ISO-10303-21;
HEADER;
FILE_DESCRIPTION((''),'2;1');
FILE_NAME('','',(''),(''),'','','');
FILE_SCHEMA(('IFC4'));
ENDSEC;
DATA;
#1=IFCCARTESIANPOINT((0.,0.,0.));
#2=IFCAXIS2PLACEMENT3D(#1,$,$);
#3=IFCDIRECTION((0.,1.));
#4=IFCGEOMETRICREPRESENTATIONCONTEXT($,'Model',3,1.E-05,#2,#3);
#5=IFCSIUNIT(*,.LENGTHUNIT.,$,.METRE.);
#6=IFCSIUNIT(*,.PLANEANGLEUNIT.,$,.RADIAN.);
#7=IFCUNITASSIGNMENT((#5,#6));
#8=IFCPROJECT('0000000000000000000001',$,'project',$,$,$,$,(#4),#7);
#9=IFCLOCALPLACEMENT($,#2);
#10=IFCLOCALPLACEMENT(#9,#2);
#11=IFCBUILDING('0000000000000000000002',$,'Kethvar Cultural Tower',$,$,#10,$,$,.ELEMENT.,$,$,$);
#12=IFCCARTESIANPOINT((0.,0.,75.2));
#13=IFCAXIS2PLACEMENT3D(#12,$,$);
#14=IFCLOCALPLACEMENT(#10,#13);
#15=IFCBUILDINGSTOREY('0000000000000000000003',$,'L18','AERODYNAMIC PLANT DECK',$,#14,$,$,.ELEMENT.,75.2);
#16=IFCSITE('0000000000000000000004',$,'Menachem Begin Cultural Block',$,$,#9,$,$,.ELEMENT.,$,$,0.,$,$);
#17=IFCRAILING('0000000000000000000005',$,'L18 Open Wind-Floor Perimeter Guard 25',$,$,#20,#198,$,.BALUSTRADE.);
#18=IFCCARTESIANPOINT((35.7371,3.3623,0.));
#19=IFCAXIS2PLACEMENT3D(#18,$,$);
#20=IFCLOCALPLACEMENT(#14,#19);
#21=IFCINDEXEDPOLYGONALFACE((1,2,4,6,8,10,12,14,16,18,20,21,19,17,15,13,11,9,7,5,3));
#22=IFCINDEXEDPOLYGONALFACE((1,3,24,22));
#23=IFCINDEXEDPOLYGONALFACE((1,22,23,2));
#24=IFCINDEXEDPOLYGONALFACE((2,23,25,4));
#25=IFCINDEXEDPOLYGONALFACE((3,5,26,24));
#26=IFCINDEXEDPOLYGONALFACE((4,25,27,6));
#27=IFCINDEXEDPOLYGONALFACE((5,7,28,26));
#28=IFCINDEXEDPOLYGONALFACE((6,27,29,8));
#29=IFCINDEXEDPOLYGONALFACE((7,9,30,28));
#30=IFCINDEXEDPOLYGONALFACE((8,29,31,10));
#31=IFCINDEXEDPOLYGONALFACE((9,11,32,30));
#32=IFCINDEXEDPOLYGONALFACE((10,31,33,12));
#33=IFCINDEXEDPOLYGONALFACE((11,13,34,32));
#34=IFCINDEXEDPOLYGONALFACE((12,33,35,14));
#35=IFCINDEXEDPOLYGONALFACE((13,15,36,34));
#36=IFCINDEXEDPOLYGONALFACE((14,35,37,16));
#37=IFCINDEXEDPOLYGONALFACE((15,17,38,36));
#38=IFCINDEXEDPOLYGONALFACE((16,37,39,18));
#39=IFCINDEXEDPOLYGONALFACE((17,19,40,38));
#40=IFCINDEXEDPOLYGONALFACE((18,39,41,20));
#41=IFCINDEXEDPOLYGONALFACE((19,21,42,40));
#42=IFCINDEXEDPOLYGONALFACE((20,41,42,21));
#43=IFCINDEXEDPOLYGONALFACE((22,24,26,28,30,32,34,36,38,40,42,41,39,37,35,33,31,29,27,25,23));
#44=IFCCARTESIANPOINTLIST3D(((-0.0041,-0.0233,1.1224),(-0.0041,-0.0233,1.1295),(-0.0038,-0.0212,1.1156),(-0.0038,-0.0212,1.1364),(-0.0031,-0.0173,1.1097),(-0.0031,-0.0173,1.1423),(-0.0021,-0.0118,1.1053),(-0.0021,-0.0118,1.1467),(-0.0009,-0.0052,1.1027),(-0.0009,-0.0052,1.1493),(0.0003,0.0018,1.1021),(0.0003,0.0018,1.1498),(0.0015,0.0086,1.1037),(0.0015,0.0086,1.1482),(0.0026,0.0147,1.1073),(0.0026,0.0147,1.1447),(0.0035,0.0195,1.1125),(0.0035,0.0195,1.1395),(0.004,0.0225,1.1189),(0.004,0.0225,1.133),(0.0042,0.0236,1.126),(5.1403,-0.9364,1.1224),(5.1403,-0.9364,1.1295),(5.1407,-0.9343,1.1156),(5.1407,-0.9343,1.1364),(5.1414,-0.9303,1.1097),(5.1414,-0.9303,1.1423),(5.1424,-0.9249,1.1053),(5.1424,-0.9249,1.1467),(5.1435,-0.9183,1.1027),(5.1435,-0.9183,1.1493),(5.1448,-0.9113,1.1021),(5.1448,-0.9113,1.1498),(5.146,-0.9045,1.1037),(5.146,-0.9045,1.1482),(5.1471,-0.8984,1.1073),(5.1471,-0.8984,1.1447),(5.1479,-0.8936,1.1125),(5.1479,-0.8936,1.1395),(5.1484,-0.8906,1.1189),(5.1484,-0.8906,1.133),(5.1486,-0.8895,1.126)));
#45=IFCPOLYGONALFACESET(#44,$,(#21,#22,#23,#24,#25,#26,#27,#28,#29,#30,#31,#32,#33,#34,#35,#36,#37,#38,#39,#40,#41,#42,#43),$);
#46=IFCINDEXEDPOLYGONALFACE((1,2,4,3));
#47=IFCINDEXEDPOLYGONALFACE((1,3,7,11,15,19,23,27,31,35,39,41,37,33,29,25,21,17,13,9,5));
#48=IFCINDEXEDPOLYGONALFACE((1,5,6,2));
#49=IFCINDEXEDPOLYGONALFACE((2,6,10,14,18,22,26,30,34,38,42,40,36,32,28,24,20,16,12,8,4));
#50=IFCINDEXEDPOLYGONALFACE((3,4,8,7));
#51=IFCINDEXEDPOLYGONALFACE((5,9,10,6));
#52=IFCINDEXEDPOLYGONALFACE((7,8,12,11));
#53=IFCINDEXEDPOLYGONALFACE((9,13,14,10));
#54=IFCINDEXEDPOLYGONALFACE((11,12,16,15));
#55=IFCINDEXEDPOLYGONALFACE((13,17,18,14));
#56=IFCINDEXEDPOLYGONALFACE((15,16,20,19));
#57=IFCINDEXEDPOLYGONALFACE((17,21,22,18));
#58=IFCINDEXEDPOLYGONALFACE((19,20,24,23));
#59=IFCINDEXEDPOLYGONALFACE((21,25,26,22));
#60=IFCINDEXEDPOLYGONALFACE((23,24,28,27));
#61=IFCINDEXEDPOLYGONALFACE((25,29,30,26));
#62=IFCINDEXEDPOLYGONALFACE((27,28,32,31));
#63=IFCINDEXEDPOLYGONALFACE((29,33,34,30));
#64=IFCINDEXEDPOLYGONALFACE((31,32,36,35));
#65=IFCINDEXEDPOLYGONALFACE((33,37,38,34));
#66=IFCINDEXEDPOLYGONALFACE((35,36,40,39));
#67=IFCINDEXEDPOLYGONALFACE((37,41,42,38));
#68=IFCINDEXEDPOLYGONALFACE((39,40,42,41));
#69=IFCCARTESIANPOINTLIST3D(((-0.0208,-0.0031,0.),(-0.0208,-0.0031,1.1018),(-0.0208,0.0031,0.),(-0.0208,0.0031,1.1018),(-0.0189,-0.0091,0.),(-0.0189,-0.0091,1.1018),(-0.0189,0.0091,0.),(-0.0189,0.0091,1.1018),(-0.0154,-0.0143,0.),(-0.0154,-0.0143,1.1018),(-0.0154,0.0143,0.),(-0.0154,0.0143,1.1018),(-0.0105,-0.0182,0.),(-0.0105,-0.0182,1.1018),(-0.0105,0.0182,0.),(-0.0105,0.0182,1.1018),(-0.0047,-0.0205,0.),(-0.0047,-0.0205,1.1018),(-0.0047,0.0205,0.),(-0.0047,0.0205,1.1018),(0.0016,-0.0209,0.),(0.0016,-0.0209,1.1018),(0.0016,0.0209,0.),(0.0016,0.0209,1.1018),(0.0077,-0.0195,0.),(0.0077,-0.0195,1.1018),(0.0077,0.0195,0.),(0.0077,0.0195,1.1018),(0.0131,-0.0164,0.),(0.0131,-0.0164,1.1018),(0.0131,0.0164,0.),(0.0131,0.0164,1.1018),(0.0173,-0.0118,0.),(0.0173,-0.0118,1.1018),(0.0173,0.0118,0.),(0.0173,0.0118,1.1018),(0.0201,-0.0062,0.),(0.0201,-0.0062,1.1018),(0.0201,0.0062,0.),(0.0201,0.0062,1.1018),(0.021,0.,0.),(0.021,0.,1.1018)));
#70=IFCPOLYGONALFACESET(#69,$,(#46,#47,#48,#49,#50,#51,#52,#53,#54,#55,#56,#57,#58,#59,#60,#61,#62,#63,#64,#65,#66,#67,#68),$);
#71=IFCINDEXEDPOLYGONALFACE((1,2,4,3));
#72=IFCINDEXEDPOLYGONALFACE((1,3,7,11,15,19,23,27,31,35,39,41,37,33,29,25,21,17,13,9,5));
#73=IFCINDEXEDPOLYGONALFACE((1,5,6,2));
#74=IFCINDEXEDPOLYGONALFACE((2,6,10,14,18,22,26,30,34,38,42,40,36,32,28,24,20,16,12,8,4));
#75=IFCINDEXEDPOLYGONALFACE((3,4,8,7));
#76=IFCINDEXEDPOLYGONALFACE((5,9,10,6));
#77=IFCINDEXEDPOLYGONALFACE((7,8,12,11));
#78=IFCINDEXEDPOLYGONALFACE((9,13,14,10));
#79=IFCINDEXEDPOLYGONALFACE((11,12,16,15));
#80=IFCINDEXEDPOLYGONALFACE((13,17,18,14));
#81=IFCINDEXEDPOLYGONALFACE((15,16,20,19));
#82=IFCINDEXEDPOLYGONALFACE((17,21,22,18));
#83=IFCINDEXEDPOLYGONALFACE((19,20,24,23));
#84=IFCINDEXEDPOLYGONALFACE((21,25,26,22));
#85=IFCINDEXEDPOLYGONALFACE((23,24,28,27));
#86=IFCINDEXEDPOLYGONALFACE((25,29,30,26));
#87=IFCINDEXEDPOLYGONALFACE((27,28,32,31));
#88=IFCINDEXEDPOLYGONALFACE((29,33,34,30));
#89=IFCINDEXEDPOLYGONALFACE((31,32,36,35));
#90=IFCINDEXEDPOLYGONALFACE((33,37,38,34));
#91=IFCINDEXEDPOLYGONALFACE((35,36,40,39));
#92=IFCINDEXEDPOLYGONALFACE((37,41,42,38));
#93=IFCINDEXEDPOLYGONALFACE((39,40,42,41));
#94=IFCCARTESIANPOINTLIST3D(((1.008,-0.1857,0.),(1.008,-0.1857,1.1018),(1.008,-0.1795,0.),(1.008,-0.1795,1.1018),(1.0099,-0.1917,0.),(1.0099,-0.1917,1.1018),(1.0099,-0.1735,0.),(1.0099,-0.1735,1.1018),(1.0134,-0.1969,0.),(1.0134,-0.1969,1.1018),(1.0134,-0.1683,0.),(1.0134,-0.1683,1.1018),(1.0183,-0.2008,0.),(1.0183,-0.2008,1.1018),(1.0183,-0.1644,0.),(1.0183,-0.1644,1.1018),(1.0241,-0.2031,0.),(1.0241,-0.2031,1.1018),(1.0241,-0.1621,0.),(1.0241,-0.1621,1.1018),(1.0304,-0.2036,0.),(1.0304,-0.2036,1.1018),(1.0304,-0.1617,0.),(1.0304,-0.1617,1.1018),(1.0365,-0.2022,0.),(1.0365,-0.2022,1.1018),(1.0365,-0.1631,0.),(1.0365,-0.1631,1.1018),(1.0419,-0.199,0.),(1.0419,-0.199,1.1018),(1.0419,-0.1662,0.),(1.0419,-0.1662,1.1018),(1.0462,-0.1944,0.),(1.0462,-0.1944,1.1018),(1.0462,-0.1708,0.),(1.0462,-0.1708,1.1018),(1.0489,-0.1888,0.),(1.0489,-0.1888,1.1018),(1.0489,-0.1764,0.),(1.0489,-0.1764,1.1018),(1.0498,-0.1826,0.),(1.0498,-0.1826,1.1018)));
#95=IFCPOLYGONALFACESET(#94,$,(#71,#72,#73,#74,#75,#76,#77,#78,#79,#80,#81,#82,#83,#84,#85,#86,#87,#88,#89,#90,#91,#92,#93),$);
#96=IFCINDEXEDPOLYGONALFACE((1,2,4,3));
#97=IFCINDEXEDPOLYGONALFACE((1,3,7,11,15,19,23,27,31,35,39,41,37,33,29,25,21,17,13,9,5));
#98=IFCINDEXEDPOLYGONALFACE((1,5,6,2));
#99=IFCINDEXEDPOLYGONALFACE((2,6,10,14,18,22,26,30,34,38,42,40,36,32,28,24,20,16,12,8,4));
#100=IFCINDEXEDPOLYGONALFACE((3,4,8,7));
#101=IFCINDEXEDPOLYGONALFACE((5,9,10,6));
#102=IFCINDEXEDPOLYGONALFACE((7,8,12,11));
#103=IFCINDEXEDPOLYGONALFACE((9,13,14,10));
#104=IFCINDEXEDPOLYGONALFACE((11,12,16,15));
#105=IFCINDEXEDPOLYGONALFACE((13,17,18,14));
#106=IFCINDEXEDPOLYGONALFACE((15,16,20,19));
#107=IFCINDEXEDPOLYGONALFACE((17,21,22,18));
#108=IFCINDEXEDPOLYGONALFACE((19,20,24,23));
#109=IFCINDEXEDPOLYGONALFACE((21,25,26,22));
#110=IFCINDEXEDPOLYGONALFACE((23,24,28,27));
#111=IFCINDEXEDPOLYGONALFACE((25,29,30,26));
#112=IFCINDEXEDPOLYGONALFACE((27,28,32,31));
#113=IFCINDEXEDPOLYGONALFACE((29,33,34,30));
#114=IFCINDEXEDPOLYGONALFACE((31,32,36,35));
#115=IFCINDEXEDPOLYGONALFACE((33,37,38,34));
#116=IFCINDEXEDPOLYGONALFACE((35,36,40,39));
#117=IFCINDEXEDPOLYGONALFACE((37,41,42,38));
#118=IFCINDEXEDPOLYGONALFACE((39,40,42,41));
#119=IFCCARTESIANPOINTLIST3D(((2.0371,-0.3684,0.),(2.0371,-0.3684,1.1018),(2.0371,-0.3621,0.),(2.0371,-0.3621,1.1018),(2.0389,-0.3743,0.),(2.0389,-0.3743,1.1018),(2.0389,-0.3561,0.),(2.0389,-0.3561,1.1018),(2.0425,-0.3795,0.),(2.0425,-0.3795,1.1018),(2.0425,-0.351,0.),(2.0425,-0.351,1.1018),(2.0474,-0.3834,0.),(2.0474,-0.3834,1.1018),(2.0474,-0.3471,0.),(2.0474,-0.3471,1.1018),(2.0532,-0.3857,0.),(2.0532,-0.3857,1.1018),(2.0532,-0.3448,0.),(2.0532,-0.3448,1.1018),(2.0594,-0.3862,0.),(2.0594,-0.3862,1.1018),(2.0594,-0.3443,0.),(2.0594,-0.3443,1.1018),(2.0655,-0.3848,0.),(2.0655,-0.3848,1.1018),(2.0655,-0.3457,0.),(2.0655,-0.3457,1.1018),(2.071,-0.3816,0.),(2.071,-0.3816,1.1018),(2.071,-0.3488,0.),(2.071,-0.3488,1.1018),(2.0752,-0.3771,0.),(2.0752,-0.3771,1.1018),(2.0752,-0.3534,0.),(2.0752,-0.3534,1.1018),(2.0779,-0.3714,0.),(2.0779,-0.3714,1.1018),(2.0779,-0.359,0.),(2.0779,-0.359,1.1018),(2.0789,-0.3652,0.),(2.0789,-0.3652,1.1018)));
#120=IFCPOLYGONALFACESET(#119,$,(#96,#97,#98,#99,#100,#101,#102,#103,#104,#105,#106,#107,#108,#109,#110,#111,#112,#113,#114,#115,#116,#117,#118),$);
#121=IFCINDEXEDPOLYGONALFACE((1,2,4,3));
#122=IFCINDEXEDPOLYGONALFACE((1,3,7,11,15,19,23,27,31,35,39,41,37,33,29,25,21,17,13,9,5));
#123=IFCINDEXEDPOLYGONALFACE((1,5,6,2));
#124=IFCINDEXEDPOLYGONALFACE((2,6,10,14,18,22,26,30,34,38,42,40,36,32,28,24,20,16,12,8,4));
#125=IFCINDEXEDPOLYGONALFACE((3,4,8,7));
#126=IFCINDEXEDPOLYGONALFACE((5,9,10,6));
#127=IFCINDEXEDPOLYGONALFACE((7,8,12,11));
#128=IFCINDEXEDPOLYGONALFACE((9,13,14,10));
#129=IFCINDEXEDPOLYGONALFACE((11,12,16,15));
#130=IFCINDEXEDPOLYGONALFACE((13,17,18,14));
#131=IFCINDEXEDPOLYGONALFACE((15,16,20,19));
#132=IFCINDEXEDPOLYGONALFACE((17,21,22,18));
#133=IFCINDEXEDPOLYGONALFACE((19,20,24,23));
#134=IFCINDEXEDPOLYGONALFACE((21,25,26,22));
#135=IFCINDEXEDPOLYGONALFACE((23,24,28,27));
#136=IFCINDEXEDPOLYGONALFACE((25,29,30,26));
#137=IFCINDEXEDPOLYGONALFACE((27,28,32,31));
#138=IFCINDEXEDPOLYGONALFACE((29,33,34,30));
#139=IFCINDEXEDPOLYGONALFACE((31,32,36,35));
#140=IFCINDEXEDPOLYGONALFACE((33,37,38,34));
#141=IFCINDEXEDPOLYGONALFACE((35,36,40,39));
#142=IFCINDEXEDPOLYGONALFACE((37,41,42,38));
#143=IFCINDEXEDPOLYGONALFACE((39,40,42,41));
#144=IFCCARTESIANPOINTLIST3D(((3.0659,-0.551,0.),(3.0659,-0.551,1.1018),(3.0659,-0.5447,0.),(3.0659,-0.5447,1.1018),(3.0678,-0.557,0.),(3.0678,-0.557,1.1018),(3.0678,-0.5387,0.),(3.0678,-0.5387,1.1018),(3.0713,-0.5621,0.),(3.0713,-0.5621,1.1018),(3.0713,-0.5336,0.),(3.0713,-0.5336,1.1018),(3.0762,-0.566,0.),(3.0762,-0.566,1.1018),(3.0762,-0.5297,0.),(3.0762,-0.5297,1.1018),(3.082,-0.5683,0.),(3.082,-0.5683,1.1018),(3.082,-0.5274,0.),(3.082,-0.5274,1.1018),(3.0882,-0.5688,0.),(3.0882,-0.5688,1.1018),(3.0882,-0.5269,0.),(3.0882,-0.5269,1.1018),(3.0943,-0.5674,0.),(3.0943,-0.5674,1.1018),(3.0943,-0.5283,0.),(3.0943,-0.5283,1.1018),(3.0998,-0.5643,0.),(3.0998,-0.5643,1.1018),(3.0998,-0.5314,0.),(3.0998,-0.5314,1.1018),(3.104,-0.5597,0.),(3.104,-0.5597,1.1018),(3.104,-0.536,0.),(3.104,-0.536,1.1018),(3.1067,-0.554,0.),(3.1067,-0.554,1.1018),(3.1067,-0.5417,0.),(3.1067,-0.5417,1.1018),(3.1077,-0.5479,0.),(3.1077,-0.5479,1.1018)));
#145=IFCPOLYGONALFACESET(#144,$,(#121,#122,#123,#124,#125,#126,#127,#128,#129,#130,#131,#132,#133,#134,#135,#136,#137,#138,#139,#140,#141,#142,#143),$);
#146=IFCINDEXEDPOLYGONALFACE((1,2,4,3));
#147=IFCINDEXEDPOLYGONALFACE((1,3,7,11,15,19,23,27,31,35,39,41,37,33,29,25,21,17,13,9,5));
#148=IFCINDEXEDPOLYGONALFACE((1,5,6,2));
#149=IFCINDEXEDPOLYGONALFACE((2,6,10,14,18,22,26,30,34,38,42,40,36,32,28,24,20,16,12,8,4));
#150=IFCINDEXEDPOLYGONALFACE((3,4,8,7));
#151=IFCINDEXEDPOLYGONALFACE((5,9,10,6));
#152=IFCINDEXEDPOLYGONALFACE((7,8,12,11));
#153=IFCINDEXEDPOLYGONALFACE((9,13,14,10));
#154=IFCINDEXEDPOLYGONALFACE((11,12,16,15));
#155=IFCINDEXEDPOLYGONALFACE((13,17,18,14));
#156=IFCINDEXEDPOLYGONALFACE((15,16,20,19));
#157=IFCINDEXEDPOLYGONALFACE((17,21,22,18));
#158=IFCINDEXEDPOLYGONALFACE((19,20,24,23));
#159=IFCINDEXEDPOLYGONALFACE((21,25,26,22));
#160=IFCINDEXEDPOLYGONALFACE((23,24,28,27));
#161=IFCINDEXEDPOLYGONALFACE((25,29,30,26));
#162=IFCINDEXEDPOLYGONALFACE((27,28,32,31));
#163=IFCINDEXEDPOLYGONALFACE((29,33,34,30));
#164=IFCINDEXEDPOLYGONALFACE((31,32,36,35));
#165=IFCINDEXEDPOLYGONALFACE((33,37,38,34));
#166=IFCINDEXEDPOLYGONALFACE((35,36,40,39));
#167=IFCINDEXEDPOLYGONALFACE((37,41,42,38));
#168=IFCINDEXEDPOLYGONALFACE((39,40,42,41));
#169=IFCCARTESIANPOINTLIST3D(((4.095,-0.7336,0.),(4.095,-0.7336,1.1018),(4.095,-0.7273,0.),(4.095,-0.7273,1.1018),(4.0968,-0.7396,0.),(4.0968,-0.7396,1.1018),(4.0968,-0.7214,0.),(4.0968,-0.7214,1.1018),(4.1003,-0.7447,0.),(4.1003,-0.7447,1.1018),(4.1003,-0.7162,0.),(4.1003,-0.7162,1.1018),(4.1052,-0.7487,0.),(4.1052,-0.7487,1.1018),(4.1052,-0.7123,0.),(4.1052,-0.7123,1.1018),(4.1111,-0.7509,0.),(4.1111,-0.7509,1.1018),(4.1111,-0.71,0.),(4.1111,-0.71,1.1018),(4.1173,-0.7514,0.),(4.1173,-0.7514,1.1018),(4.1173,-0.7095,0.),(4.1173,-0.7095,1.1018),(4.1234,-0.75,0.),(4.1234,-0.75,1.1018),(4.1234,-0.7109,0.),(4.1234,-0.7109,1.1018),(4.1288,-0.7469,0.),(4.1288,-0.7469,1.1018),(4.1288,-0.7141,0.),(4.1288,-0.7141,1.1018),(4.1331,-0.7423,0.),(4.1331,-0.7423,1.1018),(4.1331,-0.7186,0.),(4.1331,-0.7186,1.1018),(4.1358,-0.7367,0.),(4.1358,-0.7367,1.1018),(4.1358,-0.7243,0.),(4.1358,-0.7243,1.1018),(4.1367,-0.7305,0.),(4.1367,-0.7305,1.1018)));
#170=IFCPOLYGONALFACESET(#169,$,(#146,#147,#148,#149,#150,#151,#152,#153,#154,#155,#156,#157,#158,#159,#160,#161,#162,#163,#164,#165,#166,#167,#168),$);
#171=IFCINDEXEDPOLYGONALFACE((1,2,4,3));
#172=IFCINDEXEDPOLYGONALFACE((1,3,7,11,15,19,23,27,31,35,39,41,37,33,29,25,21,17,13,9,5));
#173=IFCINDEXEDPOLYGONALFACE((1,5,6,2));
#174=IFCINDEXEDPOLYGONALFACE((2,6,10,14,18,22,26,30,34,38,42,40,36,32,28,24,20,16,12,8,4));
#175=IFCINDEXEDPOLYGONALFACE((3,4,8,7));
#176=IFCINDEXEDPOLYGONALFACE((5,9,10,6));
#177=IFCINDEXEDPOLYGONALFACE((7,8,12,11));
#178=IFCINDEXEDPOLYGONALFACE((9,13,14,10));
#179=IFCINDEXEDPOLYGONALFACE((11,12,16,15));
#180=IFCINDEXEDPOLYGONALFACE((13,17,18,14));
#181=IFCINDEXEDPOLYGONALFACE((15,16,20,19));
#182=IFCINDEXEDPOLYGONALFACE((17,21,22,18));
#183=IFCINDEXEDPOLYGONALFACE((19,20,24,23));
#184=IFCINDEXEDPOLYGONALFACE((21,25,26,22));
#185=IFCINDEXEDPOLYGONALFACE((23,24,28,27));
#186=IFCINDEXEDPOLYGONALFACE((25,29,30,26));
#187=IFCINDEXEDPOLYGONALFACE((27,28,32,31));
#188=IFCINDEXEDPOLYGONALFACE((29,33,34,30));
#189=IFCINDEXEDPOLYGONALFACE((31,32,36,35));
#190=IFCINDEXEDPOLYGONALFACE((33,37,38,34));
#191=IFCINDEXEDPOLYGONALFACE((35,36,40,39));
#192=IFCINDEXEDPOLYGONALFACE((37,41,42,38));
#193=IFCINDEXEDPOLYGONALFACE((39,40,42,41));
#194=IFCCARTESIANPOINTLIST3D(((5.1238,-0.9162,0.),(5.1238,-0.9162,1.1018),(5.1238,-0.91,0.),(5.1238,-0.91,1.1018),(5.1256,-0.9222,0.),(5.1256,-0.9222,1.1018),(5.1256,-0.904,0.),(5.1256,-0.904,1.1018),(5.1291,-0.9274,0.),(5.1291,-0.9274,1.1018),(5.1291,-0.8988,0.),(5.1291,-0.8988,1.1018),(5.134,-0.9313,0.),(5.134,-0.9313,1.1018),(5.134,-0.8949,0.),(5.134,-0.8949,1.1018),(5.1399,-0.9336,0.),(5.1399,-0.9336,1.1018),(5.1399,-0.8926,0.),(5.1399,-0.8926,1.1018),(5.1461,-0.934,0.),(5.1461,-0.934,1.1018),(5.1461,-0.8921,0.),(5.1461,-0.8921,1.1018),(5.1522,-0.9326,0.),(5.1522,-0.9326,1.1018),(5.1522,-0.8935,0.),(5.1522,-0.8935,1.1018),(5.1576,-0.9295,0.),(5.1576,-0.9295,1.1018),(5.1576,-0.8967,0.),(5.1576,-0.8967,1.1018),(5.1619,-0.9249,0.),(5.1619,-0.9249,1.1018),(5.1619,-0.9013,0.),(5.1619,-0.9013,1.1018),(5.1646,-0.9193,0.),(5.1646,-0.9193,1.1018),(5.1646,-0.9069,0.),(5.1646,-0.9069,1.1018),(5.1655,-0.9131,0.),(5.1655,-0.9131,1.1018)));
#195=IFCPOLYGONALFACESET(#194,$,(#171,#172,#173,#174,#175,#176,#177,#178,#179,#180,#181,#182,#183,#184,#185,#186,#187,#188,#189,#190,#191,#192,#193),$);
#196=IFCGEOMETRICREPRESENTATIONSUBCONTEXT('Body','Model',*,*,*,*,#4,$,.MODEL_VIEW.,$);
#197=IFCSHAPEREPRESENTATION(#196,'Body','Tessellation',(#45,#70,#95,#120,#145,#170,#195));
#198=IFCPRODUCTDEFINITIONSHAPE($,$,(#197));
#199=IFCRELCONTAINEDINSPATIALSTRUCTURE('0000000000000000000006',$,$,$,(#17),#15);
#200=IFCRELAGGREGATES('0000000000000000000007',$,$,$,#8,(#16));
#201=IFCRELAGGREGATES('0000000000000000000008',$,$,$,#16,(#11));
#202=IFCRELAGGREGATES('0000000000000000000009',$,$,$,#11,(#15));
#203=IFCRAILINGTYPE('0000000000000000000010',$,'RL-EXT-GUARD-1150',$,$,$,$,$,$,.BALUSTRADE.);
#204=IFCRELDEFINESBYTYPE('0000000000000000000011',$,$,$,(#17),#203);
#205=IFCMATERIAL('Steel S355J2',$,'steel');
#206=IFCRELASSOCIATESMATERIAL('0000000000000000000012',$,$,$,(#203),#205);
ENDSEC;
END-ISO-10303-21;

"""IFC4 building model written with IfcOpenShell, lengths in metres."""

from ifc_helpers import new_model, si_unit, direction, frame, origin, origin_2d, place, context, subcontext, project, spatial, circle, extrude, material, type_object, element, save


model = new_model("IFC4")

# Units and contexts
model_context = context("Model", 3, precision=1e-05, world=origin(), true_north=direction((0.0, 1.0)))
body_context = subcontext(model_context, "Body", "Model", "MODEL_VIEW")
ifc_project = project(units=[si_unit("LENGTHUNIT", "METRE"), si_unit("PLANEANGLEUNIT", "RADIAN")], contexts=[model_context])

# Site, building, storey
site_placement = place(None, origin())
site = spatial("IfcSite", under=ifc_project, at=site_placement, Name="Menachem Begin Cultural Block", CompositionType="ELEMENT", RefElevation=0.0)
building_placement = place(site_placement, origin())
building = spatial("IfcBuilding", under=site, at=building_placement, Name="Kethvar Cultural Tower", CompositionType="ELEMENT")
storey_placement = place(building_placement, frame((0.0, 0.0, 75.2)))
storey = spatial("IfcBuildingStorey", under=building, at=storey_placement, Name="L18", Description="AERODYNAMIC PLANT DECK", CompositionType="ELEMENT", Elevation=75.2)

# Shared definitions
ifc_material_1 = material(Name="Steel S355J2", Category="steel")

# Railing
railing_type = type_object("IfcRailingType", Name="RL-EXT-GUARD-1150", PredefinedType="BALUSTRADE", material=ifc_material_1)
railing_1_placement = place(storey_placement, frame((35.7371, 3.3623, 0.0)))
element("IfcRailing", 1, at=railing_1_placement, inside=storey, type_object=railing_type, Name="L18 Open Wind-Floor Perimeter Guard 25", PredefinedType="BALUSTRADE", context=body_context, shape_type="SweptSolid", body=[
    extrude(circle(Radius=0.0239, at=origin_2d()), frame((0.0, 0.0, 1.126), z_axis=(0.984612, -0.174756, 0.0), x_axis=(0.174756, 0.984612, 0.0)), (0.0, 0.0, 1.0), 5.2249),
    extrude(circle(Radius=0.021, at=origin_2d()), origin(), (0.0, 0.0, 1.0), 1.1018),
    extrude(circle(Radius=0.021, at=origin_2d()), frame((1.0288, -0.1826, 0.0)), (0.0, 0.0, 1.0), 1.1018),
    extrude(circle(Radius=0.021, at=origin_2d()), frame((2.0579, -0.3652, 0.0)), (0.0, 0.0, 1.0), 1.1018),
    extrude(circle(Radius=0.021, at=origin_2d()), frame((3.0867, -0.5479, 0.0)), (0.0, 0.0, 1.0), 1.1018),
    extrude(circle(Radius=0.021, at=origin_2d()), frame((4.1157, -0.7305, 0.0)), (0.0, 0.0, 1.0), 1.1018),
    extrude(circle(Radius=0.021, at=origin_2d()), frame((5.1445, -0.9131, 0.0)), (0.0, 0.0, 1.0), 1.1018),
])

save(model, "model.ifc")
